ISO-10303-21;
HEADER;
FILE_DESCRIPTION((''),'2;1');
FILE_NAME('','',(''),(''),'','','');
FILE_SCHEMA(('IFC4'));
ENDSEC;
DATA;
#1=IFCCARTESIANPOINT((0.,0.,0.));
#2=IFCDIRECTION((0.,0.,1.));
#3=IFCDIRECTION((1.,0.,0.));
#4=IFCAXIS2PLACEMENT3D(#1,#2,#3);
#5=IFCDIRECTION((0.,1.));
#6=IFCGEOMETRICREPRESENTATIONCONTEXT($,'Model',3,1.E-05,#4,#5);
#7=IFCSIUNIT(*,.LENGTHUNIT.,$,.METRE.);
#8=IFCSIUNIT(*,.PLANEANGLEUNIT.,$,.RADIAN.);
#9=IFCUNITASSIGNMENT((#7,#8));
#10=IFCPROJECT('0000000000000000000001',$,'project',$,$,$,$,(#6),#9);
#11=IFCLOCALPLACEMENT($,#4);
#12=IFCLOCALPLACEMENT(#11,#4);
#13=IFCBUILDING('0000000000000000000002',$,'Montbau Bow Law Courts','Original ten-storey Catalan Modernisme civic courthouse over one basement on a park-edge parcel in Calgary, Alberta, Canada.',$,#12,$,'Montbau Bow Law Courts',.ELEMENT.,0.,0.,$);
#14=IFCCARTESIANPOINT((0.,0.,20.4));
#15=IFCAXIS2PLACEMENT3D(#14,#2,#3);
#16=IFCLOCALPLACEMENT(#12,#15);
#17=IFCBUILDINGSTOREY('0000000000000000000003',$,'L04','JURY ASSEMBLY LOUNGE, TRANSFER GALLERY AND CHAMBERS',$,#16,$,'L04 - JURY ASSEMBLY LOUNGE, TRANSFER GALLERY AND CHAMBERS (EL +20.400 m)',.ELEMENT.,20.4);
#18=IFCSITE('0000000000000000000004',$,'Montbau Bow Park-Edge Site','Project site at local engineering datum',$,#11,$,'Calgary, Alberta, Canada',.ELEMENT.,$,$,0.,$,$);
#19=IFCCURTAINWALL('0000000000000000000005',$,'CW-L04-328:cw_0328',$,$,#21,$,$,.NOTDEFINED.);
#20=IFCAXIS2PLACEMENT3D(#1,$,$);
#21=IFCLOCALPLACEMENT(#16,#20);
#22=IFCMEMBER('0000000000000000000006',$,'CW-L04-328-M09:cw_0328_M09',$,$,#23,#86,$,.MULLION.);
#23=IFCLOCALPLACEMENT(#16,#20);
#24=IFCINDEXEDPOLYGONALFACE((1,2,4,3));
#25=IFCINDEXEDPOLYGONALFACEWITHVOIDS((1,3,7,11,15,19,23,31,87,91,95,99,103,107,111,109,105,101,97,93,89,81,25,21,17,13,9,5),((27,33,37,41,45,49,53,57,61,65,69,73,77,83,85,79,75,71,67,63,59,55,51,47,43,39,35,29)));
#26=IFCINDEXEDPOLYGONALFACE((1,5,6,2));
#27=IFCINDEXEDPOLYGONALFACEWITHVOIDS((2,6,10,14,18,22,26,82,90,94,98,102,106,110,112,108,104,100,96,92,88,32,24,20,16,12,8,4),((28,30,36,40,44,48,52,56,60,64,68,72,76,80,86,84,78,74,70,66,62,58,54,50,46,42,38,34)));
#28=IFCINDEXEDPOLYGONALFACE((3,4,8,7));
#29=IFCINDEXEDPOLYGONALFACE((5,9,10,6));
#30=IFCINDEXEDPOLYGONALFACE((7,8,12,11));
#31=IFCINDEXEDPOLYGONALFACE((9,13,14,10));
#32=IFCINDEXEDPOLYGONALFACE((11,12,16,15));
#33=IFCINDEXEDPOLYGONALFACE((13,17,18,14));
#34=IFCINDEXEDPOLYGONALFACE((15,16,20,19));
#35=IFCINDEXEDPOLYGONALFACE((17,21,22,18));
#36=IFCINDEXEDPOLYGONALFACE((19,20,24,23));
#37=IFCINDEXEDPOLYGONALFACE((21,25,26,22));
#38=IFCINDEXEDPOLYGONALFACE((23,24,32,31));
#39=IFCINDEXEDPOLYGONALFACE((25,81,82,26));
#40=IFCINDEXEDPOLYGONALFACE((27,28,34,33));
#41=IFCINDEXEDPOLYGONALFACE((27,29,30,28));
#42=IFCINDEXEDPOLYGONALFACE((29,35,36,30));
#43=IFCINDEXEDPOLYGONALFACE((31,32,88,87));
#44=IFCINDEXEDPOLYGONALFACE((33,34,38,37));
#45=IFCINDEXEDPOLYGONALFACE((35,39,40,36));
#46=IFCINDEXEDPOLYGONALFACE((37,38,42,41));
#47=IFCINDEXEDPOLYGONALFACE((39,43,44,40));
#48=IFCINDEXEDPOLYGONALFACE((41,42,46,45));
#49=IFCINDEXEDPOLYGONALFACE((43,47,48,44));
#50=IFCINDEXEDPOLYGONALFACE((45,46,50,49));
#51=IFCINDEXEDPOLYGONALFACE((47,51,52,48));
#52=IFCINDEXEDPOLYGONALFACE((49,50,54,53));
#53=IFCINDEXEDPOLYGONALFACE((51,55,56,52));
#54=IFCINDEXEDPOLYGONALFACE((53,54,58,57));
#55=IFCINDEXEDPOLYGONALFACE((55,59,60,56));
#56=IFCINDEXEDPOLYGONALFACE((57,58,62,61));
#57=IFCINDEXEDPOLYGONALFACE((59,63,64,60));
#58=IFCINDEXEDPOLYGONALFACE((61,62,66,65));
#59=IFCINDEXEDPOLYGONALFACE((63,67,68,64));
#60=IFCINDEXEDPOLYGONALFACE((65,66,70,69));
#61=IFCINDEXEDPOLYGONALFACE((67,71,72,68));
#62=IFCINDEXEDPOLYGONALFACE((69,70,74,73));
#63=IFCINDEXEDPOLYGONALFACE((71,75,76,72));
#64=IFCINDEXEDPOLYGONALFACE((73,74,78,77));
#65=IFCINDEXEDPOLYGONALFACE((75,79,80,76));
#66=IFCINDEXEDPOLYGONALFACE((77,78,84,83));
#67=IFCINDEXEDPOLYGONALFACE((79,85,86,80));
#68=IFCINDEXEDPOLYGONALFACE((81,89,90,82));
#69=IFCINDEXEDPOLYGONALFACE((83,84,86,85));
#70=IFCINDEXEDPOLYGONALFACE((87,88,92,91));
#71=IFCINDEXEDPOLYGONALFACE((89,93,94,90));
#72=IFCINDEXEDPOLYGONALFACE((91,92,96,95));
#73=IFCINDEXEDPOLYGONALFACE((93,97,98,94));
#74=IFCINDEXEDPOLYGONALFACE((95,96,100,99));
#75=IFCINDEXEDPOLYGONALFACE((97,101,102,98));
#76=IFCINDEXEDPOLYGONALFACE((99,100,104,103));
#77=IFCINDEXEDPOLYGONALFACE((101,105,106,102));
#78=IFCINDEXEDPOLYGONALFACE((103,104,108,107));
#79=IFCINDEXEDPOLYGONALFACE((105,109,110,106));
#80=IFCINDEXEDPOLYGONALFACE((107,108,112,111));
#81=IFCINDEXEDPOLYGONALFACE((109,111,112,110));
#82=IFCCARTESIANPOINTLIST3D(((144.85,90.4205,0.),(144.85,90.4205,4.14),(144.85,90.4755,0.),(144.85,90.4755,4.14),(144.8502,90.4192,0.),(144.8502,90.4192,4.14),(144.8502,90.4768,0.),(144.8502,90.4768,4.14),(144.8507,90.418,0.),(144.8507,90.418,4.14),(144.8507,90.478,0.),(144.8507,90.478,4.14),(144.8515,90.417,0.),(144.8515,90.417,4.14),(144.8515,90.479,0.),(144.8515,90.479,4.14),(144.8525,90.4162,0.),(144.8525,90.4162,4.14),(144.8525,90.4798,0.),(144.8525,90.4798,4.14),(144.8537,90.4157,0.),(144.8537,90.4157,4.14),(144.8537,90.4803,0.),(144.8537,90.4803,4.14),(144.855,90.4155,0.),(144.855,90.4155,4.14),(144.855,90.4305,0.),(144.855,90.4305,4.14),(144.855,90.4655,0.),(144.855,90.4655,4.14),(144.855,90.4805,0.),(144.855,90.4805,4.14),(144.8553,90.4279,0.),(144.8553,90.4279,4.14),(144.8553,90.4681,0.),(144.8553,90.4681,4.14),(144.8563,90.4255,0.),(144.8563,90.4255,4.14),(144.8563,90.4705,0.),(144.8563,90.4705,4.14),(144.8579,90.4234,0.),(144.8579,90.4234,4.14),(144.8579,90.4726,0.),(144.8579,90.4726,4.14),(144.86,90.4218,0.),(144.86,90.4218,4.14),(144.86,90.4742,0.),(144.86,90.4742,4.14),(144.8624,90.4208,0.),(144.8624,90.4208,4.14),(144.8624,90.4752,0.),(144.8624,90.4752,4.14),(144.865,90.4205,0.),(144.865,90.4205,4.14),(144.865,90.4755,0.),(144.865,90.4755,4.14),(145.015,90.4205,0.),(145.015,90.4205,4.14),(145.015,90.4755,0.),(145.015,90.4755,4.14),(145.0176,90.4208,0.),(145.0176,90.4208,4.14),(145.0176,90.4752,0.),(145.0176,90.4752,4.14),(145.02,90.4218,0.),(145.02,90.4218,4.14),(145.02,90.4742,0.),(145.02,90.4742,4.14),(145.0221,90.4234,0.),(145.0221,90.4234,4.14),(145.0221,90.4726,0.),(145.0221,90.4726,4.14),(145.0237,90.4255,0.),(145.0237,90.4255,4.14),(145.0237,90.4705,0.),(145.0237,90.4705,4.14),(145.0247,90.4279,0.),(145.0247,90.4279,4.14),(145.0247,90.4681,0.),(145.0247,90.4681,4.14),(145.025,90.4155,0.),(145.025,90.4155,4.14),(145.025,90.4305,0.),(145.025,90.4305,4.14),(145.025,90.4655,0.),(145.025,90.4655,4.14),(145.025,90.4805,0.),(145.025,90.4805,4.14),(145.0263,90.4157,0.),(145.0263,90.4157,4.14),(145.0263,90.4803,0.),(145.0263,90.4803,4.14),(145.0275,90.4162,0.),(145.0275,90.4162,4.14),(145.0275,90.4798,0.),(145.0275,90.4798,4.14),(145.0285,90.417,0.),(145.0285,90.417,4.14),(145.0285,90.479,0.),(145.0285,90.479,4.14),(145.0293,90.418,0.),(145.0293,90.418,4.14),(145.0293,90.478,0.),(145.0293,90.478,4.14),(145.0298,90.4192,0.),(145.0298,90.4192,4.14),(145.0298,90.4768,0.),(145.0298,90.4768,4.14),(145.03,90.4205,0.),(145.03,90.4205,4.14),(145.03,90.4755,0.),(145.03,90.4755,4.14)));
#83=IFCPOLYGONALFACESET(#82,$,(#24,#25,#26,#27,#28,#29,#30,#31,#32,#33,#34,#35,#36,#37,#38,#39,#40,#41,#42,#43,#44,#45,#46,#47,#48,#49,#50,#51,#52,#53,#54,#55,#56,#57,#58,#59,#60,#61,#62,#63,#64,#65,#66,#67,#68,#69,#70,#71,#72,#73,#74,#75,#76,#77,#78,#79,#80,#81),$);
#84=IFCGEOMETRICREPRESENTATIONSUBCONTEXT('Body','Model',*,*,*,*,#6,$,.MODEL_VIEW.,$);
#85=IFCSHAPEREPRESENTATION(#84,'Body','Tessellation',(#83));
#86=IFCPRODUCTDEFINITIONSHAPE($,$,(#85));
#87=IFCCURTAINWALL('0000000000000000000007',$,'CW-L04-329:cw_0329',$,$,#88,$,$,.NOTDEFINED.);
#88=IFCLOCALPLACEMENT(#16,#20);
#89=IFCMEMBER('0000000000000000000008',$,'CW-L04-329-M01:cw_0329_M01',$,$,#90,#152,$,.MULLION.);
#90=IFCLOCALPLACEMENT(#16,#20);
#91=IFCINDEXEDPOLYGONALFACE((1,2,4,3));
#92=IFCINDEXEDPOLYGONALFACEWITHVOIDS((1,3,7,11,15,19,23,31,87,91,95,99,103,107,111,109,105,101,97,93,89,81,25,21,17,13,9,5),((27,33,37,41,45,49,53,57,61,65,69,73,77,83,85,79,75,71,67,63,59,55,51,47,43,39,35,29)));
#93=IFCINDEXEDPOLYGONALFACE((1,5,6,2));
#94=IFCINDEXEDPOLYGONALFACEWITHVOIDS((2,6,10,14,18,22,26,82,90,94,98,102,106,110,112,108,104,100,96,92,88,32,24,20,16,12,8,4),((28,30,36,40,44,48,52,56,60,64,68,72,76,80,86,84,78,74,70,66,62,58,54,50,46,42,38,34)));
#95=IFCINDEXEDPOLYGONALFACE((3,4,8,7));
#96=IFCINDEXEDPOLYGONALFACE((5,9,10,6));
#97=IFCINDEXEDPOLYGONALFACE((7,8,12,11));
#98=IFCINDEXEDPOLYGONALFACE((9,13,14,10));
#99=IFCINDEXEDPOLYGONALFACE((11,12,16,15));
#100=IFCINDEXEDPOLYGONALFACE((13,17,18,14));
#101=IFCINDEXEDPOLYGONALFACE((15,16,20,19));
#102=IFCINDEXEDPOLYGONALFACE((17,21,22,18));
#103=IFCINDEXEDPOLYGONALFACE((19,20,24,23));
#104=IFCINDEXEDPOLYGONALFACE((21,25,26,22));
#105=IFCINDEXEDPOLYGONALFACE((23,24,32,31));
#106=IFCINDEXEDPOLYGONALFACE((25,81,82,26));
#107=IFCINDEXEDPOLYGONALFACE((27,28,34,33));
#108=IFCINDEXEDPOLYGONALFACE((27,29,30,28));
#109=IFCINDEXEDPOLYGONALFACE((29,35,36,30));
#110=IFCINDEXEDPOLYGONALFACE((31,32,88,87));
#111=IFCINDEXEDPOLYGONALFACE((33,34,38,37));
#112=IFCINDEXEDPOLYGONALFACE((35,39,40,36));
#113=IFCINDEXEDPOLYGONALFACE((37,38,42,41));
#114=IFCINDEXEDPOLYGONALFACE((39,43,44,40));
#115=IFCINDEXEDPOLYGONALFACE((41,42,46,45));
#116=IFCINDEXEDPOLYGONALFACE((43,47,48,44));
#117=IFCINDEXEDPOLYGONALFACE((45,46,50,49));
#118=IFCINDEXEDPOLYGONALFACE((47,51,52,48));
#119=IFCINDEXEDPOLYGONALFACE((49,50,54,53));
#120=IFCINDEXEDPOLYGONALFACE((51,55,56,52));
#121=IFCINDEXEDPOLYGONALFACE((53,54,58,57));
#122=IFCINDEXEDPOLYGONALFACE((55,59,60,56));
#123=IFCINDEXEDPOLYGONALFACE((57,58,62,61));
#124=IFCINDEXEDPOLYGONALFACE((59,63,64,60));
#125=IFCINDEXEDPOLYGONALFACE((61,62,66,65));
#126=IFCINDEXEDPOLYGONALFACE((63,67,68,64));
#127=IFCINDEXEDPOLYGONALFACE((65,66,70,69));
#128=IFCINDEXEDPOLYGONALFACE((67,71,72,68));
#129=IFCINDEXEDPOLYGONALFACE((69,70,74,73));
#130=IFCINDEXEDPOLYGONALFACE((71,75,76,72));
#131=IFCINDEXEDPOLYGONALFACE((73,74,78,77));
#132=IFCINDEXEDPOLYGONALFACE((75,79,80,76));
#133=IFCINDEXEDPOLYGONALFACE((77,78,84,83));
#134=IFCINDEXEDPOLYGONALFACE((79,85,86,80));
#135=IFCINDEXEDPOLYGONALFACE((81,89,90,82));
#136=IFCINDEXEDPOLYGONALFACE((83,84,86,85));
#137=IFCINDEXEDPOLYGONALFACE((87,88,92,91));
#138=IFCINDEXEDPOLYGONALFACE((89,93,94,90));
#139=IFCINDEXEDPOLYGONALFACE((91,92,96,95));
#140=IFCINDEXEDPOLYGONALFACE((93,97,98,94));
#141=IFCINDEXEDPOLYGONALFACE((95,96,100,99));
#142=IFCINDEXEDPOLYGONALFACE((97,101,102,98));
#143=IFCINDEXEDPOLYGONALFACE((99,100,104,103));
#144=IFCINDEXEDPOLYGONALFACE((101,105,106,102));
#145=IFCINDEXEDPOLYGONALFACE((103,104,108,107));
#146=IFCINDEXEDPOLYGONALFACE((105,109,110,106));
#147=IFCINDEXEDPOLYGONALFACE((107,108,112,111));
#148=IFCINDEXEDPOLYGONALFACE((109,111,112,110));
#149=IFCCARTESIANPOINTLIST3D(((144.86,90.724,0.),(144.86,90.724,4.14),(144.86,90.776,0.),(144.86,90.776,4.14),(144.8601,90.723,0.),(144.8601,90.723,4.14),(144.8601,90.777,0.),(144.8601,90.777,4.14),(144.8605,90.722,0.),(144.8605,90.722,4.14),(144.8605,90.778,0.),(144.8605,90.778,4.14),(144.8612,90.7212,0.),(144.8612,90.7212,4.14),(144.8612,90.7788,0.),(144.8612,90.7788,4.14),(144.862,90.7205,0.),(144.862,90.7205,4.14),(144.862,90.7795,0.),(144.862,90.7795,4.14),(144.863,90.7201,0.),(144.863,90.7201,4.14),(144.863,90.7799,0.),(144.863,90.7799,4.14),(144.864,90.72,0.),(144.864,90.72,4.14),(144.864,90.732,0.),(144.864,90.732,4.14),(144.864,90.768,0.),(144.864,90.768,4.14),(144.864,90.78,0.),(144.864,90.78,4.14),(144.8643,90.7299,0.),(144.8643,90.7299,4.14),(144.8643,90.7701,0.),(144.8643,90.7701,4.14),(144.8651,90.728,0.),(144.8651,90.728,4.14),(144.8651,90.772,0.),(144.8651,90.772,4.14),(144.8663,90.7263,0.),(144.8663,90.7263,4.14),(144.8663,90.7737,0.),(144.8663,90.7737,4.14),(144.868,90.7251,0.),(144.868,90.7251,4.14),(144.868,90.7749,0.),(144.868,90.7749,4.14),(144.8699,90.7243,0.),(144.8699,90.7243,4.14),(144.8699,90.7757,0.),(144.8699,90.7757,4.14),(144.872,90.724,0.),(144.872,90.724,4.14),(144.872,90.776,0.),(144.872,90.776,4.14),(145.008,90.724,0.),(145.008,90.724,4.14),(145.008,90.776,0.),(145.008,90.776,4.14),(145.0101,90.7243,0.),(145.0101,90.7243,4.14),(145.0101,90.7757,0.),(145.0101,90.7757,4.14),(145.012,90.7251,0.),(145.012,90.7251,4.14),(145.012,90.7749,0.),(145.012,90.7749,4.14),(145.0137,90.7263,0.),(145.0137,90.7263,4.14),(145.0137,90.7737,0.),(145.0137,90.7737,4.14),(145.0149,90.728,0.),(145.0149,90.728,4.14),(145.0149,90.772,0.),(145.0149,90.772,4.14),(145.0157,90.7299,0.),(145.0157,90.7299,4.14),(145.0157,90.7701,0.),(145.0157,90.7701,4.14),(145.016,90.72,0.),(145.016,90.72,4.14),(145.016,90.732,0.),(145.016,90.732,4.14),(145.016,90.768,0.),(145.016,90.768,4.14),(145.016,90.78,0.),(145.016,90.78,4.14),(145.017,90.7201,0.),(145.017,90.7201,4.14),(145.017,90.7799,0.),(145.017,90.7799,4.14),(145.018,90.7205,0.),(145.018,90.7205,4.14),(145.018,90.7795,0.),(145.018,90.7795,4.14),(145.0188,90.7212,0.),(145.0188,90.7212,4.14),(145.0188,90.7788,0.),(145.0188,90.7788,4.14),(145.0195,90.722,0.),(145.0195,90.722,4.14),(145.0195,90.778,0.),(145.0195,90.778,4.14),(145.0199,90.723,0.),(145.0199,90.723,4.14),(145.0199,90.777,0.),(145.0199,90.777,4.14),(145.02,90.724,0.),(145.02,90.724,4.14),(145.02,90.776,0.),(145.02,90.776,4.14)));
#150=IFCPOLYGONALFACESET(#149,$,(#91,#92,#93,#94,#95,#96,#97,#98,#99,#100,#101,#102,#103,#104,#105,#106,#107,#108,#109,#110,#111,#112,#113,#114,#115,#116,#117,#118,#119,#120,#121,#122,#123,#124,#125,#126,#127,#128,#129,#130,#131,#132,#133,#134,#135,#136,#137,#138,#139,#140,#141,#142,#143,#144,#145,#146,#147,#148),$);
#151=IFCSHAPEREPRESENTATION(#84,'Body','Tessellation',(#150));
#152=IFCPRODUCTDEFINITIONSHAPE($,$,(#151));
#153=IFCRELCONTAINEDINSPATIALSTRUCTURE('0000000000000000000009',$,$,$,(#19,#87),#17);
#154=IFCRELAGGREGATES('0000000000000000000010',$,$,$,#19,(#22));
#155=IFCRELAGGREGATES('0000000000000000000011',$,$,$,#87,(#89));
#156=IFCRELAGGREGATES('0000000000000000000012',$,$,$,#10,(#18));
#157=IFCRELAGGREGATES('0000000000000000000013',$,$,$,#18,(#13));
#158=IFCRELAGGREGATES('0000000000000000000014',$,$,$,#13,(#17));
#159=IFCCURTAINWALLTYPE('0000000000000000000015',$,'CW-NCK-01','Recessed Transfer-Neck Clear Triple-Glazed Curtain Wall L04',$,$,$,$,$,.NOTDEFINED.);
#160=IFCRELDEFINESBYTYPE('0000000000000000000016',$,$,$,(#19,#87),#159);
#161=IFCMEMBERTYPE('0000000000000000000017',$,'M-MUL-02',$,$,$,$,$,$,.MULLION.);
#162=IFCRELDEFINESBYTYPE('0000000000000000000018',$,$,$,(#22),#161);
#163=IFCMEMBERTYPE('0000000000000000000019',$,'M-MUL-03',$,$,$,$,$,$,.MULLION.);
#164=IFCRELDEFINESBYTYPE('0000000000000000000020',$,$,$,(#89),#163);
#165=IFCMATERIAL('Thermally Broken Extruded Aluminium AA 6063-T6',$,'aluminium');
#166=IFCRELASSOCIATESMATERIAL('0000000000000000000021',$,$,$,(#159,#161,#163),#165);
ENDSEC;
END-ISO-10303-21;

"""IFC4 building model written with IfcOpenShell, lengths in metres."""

from ifc_helpers import new_model, si_unit, direction, frame, origin_with_axes, origin_2d_with_axis, place, context, subcontext, project, spatial, hollow_rectangle, extrude, material, material_profile, profile_set, type_object, element, aggregate, save


model = new_model("IFC4")

# Units and contexts
model_context = context("Model", 3, precision=1e-05, world=origin_with_axes(), true_north=direction((0.0, 1.0)))
body_context = subcontext(model_context, "Body", "Model", "MODEL_VIEW")
ifc_project = project(units=[si_unit("LENGTHUNIT", "METRE"), si_unit("PLANEANGLEUNIT", "RADIAN")], contexts=[model_context])

# Site, building, storey
site_placement = place(None, origin_with_axes())
site = spatial("IfcSite", under=ifc_project, at=site_placement, Name="Montbau Bow Park-Edge Site", Description="Project site at local engineering datum", LongName="Calgary, Alberta, Canada", CompositionType="ELEMENT", RefElevation=0.0)
building_placement = place(site_placement, origin_with_axes())
building = spatial("IfcBuilding", under=site, at=building_placement, Name="Montbau Bow Law Courts", Description="Original ten-storey Catalan Modernisme civic courthouse over one basement on a park-edge parcel in Calgary, Alberta, Canada.", LongName="Montbau Bow Law Courts", CompositionType="ELEMENT", ElevationOfRefHeight=0.0, ElevationOfTerrain=0.0)
storey_placement = place(building_placement, frame((0.0, 0.0, 20.4), z_axis=(0.0, 0.0, 1.0), x_axis=(1.0, 0.0, 0.0)))
storey = spatial("IfcBuildingStorey", under=building, at=storey_placement, Name="L04", Description="JURY ASSEMBLY LOUNGE, TRANSFER GALLERY AND CHAMBERS", LongName="L04 - JURY ASSEMBLY LOUNGE, TRANSFER GALLERY AND CHAMBERS (EL +20.400 m)", CompositionType="ELEMENT", Elevation=20.4)

# Curtain wall, member
ifc_material_1 = material(Name="Thermally Broken Extruded Aluminium AA 6063-T6", Category="aluminium")
curtain_wall_type = type_object("IfcCurtainWallType", Name="CW-NCK-01", Description="Recessed Transfer-Neck Clear Triple-Glazed Curtain Wall L04", PredefinedType="NOTDEFINED", material=ifc_material_1)
curtain_wall_1_placement = place(None, frame((144.94, 78.0, 20.4), z_axis=(0.0, 0.0, 1.0), x_axis=(1.0, 0.0, 0.0)))
curtain_wall_1 = element("IfcCurtainWall", 1, at=curtain_wall_1_placement, inside=storey, type_object=curtain_wall_type, Name="CW-L04-328:cw_0328", PredefinedType="NOTDEFINED")
ifc_material_profile_1 = material_profile(ifc_material_1, hollow_rectangle(XDim=0.065, YDim=0.18, WallThickness=0.005, InnerFilletRadius=0.01, OuterFilletRadius=0.005, at=origin_2d_with_axis()), Name="CWM-180X65", Category="Main", Priority=0)
ifc_profile_set_1 = profile_set([ifc_material_profile_1], Name="Thermally Broken Extruded Aluminium AA 6063-T6")
member_type_1 = type_object("IfcMemberType", Name="M-MUL-02", PredefinedType="MULLION", material=ifc_profile_set_1)
member_1_placement = place(None, frame((144.94, 90.448, 20.4), z_axis=(0.0, 0.0, 1.0), x_axis=(0.0, 1.0, 0.0)))
member_1 = element("IfcMember", 2, at=member_1_placement, type_object=member_type_1, Name="CW-L04-328-M09:cw_0328_M09", PredefinedType="MULLION", context=body_context, shape_type="SweptSolid", body=[
    extrude(hollow_rectangle(XDim=0.065, YDim=0.18, WallThickness=0.005, InnerFilletRadius=0.01, OuterFilletRadius=0.005, at=origin_2d_with_axis()), origin_with_axes(), (0.0, 0.0, 1.0), 4.14),
])

# Curtain wall, member
curtain_wall_2_placement = place(None, frame((144.94, 90.72, 20.4), z_axis=(0.0, 0.0, 1.0), x_axis=(1.0, 0.0, 0.0)))
curtain_wall_2 = element("IfcCurtainWall", 3, at=curtain_wall_2_placement, inside=storey, type_object=curtain_wall_type, Name="CW-L04-329:cw_0329", PredefinedType="NOTDEFINED")
ifc_material_profile_2 = material_profile(ifc_material_1, hollow_rectangle(XDim=0.06, YDim=0.16, WallThickness=0.004, InnerFilletRadius=0.008, OuterFilletRadius=0.004, at=origin_2d_with_axis()), Name="CWM-160X60", Category="Main", Priority=0)
ifc_profile_set_2 = profile_set([ifc_material_profile_2], Name="Thermally Broken Extruded Aluminium AA 6063-T6")
member_type_2 = type_object("IfcMemberType", Name="M-MUL-03", PredefinedType="MULLION", material=ifc_profile_set_2)
member_2_placement = place(None, frame((144.94, 90.75, 20.4), z_axis=(0.0, 0.0, 1.0), x_axis=(0.0, 1.0, 0.0)))
member_2 = element("IfcMember", 4, at=member_2_placement, type_object=member_type_2, Name="CW-L04-329-M01:cw_0329_M01", PredefinedType="MULLION", context=body_context, shape_type="SweptSolid", body=[
    extrude(hollow_rectangle(XDim=0.06, YDim=0.16, WallThickness=0.004, InnerFilletRadius=0.008, OuterFilletRadius=0.004, at=origin_2d_with_axis()), origin_with_axes(), (0.0, 0.0, 1.0), 4.14),
])

aggregate(curtain_wall_1, [member_1])

aggregate(curtain_wall_2, [member_2])

save(model, "model.ifc")
